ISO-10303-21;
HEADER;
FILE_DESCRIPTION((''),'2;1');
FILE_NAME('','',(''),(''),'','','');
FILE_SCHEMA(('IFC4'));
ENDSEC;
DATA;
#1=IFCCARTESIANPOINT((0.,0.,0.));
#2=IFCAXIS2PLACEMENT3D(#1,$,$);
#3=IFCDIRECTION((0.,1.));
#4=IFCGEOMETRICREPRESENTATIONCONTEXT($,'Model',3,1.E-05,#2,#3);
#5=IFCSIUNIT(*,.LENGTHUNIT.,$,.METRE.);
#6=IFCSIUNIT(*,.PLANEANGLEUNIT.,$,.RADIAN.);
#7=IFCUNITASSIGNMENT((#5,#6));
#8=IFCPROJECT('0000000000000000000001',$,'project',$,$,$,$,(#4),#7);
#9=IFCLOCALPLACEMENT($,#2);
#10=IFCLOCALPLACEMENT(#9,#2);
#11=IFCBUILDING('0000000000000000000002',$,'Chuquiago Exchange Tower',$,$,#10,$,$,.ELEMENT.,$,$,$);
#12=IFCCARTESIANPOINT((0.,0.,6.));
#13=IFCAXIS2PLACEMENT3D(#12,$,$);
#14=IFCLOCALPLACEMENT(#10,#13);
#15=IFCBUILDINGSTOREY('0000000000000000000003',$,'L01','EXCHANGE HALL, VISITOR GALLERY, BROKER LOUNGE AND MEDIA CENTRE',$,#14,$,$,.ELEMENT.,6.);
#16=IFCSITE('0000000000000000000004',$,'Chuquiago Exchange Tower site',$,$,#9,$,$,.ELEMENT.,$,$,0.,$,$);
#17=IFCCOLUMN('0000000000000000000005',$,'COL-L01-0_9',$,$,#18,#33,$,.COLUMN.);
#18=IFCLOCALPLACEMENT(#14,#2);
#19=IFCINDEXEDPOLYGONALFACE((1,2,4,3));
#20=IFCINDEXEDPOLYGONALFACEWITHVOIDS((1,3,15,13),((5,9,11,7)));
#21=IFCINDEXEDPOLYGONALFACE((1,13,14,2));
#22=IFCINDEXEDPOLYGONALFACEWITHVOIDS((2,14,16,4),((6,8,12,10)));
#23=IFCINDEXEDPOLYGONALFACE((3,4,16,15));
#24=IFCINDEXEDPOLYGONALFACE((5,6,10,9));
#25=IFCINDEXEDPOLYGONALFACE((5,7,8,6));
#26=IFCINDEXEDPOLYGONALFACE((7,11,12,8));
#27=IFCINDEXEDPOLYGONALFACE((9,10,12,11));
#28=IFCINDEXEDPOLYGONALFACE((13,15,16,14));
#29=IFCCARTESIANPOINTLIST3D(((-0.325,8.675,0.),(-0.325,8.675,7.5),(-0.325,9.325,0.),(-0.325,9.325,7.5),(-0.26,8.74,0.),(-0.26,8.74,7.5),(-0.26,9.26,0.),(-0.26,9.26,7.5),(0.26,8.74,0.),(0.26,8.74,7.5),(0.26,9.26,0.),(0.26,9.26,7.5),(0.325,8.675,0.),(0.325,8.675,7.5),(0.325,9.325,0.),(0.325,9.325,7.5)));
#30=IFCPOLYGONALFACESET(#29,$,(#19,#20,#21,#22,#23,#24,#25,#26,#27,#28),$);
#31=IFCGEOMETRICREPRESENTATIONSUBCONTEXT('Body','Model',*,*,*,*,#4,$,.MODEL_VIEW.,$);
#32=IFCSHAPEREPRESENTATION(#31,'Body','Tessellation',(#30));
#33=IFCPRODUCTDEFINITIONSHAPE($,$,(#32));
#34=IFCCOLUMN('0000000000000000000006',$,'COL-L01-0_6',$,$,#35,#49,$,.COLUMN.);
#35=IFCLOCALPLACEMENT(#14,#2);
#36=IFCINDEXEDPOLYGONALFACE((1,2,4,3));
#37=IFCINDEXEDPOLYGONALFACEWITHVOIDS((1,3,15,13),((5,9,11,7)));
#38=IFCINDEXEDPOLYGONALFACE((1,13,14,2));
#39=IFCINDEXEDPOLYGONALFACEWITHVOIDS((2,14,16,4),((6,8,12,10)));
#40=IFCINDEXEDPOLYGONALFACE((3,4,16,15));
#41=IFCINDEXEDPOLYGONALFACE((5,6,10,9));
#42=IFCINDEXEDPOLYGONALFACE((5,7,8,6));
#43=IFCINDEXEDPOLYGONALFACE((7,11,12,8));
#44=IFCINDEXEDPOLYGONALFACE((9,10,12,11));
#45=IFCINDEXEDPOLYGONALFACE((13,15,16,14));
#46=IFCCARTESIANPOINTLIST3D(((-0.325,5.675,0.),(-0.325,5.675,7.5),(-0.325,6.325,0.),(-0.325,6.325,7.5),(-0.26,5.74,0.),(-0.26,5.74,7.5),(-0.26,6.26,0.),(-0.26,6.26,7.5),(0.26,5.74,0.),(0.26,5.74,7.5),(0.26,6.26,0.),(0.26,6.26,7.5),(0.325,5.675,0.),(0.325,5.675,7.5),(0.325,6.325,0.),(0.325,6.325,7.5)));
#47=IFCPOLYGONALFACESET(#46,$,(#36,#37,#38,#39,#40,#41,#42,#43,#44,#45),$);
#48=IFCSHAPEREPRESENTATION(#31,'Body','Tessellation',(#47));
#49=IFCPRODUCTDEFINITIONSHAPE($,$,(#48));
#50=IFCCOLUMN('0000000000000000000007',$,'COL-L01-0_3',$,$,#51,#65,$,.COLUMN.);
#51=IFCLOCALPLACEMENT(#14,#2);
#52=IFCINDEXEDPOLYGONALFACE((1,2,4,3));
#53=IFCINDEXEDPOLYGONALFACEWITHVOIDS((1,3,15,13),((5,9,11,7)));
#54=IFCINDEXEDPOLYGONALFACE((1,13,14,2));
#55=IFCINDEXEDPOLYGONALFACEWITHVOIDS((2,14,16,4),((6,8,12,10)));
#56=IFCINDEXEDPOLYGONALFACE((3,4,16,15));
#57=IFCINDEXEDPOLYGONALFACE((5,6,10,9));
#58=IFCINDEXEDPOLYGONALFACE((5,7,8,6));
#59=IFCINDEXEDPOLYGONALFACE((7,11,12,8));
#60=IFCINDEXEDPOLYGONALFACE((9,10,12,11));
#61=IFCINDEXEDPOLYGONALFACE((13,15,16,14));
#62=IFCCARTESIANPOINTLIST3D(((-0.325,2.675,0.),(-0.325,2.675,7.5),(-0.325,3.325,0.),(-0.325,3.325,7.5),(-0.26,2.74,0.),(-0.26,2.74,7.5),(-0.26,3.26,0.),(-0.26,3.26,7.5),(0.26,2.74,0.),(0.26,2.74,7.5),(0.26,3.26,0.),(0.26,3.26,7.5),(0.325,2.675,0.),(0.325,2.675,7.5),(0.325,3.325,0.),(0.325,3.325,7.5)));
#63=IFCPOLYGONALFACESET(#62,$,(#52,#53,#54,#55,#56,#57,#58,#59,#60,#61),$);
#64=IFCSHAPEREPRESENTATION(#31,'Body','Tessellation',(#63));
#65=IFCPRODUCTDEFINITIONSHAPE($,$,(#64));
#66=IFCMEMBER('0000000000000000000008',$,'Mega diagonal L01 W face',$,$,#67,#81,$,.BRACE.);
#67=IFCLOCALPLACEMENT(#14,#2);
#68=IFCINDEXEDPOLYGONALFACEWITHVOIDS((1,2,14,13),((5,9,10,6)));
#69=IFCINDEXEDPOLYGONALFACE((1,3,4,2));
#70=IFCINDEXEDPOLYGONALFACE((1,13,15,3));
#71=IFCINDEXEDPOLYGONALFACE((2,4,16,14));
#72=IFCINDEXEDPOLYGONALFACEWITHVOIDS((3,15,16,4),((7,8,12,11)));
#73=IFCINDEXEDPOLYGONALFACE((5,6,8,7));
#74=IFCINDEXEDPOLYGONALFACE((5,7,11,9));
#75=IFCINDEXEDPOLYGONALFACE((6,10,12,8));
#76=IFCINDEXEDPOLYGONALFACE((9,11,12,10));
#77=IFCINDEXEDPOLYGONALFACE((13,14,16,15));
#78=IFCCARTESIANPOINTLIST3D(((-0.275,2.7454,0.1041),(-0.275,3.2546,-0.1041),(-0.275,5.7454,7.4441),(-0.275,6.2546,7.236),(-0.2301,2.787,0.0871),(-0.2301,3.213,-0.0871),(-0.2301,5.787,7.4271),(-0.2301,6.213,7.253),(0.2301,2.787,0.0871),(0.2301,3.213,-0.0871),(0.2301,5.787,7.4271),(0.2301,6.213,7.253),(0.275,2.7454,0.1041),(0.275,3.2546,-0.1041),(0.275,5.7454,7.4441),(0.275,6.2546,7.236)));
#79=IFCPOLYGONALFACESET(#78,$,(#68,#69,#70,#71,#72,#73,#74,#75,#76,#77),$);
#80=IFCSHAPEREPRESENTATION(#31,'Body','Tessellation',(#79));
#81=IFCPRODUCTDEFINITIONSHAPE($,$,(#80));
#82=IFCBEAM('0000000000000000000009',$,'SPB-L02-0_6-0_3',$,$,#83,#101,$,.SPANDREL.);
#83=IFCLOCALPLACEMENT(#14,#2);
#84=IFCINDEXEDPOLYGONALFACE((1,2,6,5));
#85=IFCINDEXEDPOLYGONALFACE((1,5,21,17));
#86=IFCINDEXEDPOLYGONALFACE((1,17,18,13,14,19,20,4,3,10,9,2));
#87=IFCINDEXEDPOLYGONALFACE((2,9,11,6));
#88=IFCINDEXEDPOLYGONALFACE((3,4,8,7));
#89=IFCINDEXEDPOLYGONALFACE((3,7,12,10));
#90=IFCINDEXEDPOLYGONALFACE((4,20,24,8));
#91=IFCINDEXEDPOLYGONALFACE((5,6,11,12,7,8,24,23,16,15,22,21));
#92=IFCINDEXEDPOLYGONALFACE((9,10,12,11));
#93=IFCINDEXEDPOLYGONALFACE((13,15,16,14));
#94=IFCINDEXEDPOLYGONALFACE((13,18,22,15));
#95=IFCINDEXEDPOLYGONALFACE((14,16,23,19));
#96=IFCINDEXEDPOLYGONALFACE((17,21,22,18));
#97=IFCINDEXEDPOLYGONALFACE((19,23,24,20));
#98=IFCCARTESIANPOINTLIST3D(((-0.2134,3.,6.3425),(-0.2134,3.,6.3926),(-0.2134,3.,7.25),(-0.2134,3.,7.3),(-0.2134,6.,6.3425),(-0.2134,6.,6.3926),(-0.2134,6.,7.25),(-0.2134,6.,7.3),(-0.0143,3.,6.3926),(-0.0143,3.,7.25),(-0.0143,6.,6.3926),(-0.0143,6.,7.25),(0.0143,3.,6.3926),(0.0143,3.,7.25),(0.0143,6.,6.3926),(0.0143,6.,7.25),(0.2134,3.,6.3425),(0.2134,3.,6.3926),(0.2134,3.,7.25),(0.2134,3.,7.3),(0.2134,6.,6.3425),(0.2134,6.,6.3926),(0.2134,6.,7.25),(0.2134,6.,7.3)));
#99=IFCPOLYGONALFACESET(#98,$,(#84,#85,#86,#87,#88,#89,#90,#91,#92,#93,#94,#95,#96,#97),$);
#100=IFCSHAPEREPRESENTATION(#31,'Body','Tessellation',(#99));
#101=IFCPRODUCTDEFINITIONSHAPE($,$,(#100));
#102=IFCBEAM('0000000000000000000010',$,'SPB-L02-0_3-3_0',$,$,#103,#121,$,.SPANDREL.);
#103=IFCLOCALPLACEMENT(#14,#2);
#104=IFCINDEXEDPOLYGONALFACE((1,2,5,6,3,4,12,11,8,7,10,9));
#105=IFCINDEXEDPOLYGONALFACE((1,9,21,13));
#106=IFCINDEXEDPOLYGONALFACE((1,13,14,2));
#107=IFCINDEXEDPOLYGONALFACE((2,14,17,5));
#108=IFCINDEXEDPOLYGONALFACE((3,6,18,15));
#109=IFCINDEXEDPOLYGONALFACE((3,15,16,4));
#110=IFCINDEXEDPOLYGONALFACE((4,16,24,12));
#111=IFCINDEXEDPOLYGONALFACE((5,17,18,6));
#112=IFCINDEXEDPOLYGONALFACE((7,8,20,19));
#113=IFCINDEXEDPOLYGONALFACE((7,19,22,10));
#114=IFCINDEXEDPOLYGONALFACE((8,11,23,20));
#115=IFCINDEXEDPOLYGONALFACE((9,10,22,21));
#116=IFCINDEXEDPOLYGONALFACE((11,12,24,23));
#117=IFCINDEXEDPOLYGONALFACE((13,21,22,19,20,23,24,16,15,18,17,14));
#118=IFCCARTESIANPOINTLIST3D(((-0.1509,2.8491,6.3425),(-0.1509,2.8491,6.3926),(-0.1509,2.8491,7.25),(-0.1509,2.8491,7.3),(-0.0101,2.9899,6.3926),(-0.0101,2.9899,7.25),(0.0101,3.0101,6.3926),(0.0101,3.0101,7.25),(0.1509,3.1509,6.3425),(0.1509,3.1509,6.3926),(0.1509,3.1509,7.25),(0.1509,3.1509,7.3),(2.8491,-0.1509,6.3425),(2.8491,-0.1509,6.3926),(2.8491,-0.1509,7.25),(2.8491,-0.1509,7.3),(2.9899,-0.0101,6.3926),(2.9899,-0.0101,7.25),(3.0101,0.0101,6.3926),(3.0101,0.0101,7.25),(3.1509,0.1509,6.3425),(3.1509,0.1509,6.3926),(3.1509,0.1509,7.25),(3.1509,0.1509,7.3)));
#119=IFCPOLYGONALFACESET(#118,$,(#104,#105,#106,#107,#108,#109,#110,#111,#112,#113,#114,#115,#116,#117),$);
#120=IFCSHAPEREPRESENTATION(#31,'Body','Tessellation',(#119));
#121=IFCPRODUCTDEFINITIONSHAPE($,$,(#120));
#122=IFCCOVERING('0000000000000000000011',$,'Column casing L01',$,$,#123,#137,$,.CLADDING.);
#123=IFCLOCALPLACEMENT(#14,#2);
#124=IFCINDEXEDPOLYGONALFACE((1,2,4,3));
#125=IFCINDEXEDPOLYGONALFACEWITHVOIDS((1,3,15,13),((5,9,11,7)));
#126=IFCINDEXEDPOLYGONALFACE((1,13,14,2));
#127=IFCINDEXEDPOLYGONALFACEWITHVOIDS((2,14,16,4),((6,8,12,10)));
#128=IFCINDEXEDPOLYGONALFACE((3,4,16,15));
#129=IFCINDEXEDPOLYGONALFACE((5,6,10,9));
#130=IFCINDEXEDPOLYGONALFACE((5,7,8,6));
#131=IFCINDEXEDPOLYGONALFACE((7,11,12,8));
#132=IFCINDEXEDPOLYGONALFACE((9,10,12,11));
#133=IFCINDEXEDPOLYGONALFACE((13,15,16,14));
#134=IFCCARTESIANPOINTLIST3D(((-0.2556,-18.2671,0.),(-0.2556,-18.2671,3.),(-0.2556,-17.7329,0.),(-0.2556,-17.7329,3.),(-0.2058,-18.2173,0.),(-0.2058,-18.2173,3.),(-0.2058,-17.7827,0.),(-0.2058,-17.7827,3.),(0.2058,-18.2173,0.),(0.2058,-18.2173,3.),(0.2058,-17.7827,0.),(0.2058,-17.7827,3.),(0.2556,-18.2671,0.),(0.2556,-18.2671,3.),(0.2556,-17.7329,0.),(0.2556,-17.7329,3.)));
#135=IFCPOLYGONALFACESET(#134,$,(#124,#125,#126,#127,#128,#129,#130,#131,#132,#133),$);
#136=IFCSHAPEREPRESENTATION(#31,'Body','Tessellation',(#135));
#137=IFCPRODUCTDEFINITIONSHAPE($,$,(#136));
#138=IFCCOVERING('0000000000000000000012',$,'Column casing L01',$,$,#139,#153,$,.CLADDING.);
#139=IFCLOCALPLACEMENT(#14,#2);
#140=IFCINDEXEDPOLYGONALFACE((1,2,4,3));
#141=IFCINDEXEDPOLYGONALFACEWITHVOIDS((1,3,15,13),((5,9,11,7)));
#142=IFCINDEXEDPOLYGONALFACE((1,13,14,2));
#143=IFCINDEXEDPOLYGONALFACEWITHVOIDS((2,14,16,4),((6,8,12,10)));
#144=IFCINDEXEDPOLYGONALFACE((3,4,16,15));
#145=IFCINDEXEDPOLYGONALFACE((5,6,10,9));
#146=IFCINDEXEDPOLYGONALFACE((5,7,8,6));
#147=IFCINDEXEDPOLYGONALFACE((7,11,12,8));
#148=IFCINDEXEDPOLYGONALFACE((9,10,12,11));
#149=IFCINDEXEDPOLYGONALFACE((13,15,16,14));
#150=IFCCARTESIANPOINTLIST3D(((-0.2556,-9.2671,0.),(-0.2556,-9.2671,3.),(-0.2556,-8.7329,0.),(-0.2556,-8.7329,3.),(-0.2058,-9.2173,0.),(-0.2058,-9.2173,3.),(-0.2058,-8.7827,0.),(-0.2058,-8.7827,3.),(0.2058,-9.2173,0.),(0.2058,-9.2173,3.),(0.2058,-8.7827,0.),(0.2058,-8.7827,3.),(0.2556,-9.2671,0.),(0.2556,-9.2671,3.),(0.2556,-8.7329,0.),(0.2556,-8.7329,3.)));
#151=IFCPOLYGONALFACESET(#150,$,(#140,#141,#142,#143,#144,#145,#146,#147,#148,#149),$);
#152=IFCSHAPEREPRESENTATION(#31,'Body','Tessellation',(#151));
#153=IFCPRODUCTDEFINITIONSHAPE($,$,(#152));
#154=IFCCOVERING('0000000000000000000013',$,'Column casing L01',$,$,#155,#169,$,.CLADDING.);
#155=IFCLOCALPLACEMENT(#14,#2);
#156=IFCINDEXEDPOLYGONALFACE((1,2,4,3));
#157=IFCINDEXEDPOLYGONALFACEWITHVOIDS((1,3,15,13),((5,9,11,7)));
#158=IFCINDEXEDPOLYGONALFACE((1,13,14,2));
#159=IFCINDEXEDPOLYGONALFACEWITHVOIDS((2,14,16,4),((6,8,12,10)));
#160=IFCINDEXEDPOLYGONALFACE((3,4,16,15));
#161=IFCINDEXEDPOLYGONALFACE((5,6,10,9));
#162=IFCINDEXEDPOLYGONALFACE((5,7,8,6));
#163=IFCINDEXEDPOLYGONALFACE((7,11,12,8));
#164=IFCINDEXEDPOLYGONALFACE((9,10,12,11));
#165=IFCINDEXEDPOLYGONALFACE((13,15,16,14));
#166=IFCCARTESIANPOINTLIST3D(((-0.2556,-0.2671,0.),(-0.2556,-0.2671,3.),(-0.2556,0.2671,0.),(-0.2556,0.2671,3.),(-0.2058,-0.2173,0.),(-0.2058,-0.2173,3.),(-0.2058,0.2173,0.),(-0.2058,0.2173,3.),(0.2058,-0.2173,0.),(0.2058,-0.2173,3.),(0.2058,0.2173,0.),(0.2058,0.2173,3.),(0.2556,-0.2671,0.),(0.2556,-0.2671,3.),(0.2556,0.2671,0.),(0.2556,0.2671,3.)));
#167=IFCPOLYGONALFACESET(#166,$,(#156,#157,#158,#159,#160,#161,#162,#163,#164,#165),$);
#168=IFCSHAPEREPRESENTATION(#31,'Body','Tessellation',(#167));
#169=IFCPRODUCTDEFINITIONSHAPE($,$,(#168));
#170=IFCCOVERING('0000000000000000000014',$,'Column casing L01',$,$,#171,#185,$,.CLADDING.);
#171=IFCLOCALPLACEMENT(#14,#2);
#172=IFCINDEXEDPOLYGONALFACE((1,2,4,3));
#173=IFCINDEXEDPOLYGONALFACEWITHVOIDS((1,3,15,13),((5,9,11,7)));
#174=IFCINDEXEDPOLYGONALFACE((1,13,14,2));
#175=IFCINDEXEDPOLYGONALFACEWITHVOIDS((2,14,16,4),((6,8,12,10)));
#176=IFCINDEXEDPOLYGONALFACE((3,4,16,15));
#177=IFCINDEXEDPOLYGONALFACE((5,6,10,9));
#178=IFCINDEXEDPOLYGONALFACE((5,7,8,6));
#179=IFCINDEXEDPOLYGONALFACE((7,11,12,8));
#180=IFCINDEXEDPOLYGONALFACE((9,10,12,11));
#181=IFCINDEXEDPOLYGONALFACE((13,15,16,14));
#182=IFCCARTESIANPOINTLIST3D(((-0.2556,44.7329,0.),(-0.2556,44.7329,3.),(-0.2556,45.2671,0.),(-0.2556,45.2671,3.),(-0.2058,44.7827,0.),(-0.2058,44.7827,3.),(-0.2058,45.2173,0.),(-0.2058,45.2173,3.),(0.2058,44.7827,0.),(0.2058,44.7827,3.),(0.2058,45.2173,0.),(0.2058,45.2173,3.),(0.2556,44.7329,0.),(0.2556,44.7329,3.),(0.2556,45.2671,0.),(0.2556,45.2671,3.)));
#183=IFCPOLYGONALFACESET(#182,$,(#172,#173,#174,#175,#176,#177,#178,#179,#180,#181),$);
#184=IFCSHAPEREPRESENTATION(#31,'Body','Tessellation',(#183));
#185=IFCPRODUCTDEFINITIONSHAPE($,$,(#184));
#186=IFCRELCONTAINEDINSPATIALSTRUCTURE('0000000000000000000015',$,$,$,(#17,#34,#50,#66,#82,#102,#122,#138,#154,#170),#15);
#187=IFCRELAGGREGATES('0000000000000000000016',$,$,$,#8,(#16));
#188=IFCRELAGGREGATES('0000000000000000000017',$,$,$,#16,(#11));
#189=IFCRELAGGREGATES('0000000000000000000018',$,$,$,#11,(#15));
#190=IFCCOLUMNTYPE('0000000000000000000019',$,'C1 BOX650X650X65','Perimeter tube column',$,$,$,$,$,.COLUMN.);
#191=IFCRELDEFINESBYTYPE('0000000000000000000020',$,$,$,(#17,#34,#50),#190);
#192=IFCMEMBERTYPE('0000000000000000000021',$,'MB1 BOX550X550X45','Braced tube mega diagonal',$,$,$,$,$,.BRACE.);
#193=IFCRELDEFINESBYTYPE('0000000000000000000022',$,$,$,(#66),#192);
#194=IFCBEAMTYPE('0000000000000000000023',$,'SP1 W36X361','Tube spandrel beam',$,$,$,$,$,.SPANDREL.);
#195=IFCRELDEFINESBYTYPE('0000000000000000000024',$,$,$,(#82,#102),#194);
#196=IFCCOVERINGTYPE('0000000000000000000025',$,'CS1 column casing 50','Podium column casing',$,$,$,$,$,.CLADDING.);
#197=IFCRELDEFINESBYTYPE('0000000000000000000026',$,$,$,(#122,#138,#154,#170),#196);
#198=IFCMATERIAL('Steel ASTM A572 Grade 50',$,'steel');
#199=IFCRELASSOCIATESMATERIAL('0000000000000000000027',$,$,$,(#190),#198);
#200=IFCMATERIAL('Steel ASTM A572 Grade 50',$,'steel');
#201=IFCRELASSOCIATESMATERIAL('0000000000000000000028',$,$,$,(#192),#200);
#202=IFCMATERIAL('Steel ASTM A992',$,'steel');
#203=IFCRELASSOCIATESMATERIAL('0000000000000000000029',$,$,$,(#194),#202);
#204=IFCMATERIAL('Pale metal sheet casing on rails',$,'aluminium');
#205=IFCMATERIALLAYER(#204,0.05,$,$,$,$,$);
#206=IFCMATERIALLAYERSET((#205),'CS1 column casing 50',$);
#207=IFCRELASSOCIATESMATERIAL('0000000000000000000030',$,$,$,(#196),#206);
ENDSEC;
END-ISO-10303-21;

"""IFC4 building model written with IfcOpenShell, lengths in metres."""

from ifc_helpers import new_model, si_unit, direction, frame, origin, origin_2d, place, context, subcontext, project, spatial, polyline, hollow_rectangle, i_section, outline, extrude, material, layer, layer_set, material_profile, profile_set, type_object, element, save


model = new_model("IFC4")

# Units and contexts
model_context = context("Model", 3, precision=1e-05, world=origin(), true_north=direction((0.0, 1.0)))
body_context = subcontext(model_context, "Body", "Model", "MODEL_VIEW")
ifc_project = project(units=[si_unit("LENGTHUNIT", "METRE"), si_unit("PLANEANGLEUNIT", "RADIAN")], contexts=[model_context])

# Site, building, storey
site_placement = place(None, origin())
site = spatial("IfcSite", under=ifc_project, at=site_placement, Name="Chuquiago Exchange Tower site", CompositionType="ELEMENT", RefElevation=0.0)
building_placement = place(site_placement, origin())
building = spatial("IfcBuilding", under=site, at=building_placement, Name="Chuquiago Exchange Tower", CompositionType="ELEMENT")
storey_placement = place(building_placement, frame((0.0, 0.0, 6.0)))
storey = spatial("IfcBuildingStorey", under=building, at=storey_placement, Name="L01", Description="EXCHANGE HALL, VISITOR GALLERY, BROKER LOUNGE AND MEDIA CENTRE", CompositionType="ELEMENT", Elevation=6.0)

# Columns
ifc_material_1 = material(Name="Steel ASTM A572 Grade 50", Category="steel")
ifc_material_profile_1 = material_profile(ifc_material_1, hollow_rectangle(XDim=0.6499, YDim=0.6499, WallThickness=0.0649, at=origin_2d()), Name="BOX650X650X65")
ifc_profile_set_1 = profile_set([ifc_material_profile_1], Name="Steel ASTM A572 Grade 50")
column_type = type_object("IfcColumnType", Name="C1 BOX650X650X65", Description="Perimeter tube column", PredefinedType="COLUMN", material=ifc_profile_set_1)
for number, where, z_axis, x_axis, name in (
    (1, (0.0, 9.0, 0.0), (0.0, 0.0, 1.0), (-1.0, 0.0, 0.0), "COL-L01-0_9"),
    (2, (0.0, 6.0, 0.0), (0.0, 0.0, 1.0), (-1.0, 0.0, 0.0), "COL-L01-0_6"),
    (3, (0.0, 3.0, 0.0), (0.0, 0.0, 1.0), (-1.0, 0.0, 0.0), "COL-L01-0_3"),
):
    element("IfcColumn", number, at=place(storey_placement, frame(where, z_axis=z_axis, x_axis=x_axis)), inside=storey, type_object=column_type, Name=name, PredefinedType="COLUMN", context=body_context, shape_type="SweptSolid", body=[
        extrude(hollow_rectangle(XDim=0.6499, YDim=0.6499, WallThickness=0.0649, at=origin_2d()), origin(), (0.0, 0.0, 1.0), 7.5),
    ])

# Member
ifc_material_2 = material(Name="Steel ASTM A572 Grade 50", Category="steel")
ifc_material_profile_2 = material_profile(ifc_material_2, hollow_rectangle(XDim=0.55, YDim=0.55, WallThickness=0.0449, at=origin_2d()), Name="BOX550X550X45")
ifc_profile_set_2 = profile_set([ifc_material_profile_2], Name="Steel ASTM A572 Grade 50")
member_type = type_object("IfcMemberType", Name="MB1 BOX550X550X45", Description="Braced tube mega diagonal", PredefinedType="BRACE", material=ifc_profile_set_2)
member_placement = place(storey_placement, frame((0.0, 3.0, 0.0), z_axis=(0.0, 0.378334, 0.925669), x_axis=(-1.0, 0.0, 0.0)))
element("IfcMember", 4, at=member_placement, inside=storey, type_object=member_type, Name="Mega diagonal L01 W face", PredefinedType="BRACE", context=body_context, shape_type="SweptSolid", body=[
    extrude(hollow_rectangle(XDim=0.55, YDim=0.55, WallThickness=0.0449, at=origin_2d()), origin(), (0.0, 0.0, 1.0), 7.9294),
])

# Beams
ifc_material_3 = material(Name="Steel ASTM A992", Category="steel")
ifc_material_profile_3 = material_profile(ifc_material_3, i_section(OverallWidth=0.4268, OverallDepth=0.9575, WebThickness=0.0286, FlangeThickness=0.05, at=origin_2d()), Name="W36X361")
ifc_profile_set_3 = profile_set([ifc_material_profile_3], Name="Steel ASTM A992")
beam_type = type_object("IfcBeamType", Name="SP1 W36X361", Description="Tube spandrel beam", PredefinedType="SPANDREL", material=ifc_profile_set_3)
beam_1_placement = place(storey_placement, frame((0.0, 6.0, 6.8213), z_axis=(0.0, -1.0, 0.0), x_axis=(1.0, 0.0, 0.0)))
element("IfcBeam", 5, at=beam_1_placement, inside=storey, type_object=beam_type, Name="SPB-L02-0_6-0_3", PredefinedType="SPANDREL", context=body_context, shape_type="SweptSolid", body=[
    extrude(i_section(OverallWidth=0.4268, OverallDepth=0.9575, WebThickness=0.0286, FlangeThickness=0.05, at=origin_2d()), origin(), (0.0, 0.0, 1.0), 3.0),
])
beam_2_placement = place(storey_placement, frame((0.0, 3.0, 6.8213), z_axis=(0.707107, -0.707107, 0.0), x_axis=(0.707107, 0.707107, 0.0)))
element("IfcBeam", 6, at=beam_2_placement, inside=storey, type_object=beam_type, Name="SPB-L02-0_3-3_0", PredefinedType="SPANDREL", context=body_context, shape_type="SweptSolid", body=[
    extrude(i_section(OverallWidth=0.4268, OverallDepth=0.9575, WebThickness=0.0286, FlangeThickness=0.05, at=origin_2d()), origin(), (0.0, 0.0, 1.0), 4.2427),
])

# Coverings
ifc_material_4 = material(Name="Pale metal sheet casing on rails", Category="aluminium")
ifc_layer = layer(ifc_material_4, 0.05)
ifc_layer_set = layer_set([ifc_layer], Name="CS1 column casing 50")
covering_type = type_object("IfcCoveringType", Name="CS1 column casing 50", Description="Podium column casing", PredefinedType="CLADDING", material=ifc_layer_set)
covering_1_placement = place(storey_placement, origin())
element("IfcCovering", 7, at=covering_1_placement, inside=storey, type_object=covering_type, Name="Column casing L01", PredefinedType="CLADDING", context=body_context, shape_type="SweptSolid", body=[
    extrude(outline(polyline([(-0.2556, -18.2671), (0.2556, -18.2671), (0.2556, -17.7329), (-0.2556, -17.7329), (-0.2556, -18.2671)]), holes=[polyline([(-0.2058, -18.2173), (-0.2058, -17.7827), (0.2058, -17.7827), (0.2058, -18.2173), (-0.2058, -18.2173)])]), origin(), (0.0, 0.0, 1.0), 3.0),
])
covering_2_placement = place(storey_placement, origin())
element("IfcCovering", 8, at=covering_2_placement, inside=storey, type_object=covering_type, Name="Column casing L01", PredefinedType="CLADDING", context=body_context, shape_type="SweptSolid", body=[
    extrude(outline(polyline([(-0.2556, -9.2671), (0.2556, -9.2671), (0.2556, -8.7329), (-0.2556, -8.7329), (-0.2556, -9.2671)]), holes=[polyline([(-0.2058, -9.2173), (-0.2058, -8.7827), (0.2058, -8.7827), (0.2058, -9.2173), (-0.2058, -9.2173)])]), origin(), (0.0, 0.0, 1.0), 3.0),
])
covering_3_placement = place(storey_placement, origin())
element("IfcCovering", 9, at=covering_3_placement, inside=storey, type_object=covering_type, Name="Column casing L01", PredefinedType="CLADDING", context=body_context, shape_type="SweptSolid", body=[
    extrude(outline(polyline([(-0.2556, -0.2671), (0.2556, -0.2671), (0.2556, 0.2671), (-0.2556, 0.2671), (-0.2556, -0.2671)]), holes=[polyline([(-0.2058, -0.2173), (-0.2058, 0.2173), (0.2058, 0.2173), (0.2058, -0.2173), (-0.2058, -0.2173)])]), origin(), (0.0, 0.0, 1.0), 3.0),
])
covering_4_placement = place(storey_placement, origin())
element("IfcCovering", 10, at=covering_4_placement, inside=storey, type_object=covering_type, Name="Column casing L01", PredefinedType="CLADDING", context=body_context, shape_type="SweptSolid", body=[
    extrude(outline(polyline([(-0.2556, 44.7329), (0.2556, 44.7329), (0.2556, 45.2671), (-0.2556, 45.2671), (-0.2556, 44.7329)]), holes=[polyline([(-0.2058, 44.7827), (-0.2058, 45.2173), (0.2058, 45.2173), (0.2058, 44.7827), (-0.2058, 44.7827)])]), origin(), (0.0, 0.0, 1.0), 3.0),
])

save(model, "model.ifc")
